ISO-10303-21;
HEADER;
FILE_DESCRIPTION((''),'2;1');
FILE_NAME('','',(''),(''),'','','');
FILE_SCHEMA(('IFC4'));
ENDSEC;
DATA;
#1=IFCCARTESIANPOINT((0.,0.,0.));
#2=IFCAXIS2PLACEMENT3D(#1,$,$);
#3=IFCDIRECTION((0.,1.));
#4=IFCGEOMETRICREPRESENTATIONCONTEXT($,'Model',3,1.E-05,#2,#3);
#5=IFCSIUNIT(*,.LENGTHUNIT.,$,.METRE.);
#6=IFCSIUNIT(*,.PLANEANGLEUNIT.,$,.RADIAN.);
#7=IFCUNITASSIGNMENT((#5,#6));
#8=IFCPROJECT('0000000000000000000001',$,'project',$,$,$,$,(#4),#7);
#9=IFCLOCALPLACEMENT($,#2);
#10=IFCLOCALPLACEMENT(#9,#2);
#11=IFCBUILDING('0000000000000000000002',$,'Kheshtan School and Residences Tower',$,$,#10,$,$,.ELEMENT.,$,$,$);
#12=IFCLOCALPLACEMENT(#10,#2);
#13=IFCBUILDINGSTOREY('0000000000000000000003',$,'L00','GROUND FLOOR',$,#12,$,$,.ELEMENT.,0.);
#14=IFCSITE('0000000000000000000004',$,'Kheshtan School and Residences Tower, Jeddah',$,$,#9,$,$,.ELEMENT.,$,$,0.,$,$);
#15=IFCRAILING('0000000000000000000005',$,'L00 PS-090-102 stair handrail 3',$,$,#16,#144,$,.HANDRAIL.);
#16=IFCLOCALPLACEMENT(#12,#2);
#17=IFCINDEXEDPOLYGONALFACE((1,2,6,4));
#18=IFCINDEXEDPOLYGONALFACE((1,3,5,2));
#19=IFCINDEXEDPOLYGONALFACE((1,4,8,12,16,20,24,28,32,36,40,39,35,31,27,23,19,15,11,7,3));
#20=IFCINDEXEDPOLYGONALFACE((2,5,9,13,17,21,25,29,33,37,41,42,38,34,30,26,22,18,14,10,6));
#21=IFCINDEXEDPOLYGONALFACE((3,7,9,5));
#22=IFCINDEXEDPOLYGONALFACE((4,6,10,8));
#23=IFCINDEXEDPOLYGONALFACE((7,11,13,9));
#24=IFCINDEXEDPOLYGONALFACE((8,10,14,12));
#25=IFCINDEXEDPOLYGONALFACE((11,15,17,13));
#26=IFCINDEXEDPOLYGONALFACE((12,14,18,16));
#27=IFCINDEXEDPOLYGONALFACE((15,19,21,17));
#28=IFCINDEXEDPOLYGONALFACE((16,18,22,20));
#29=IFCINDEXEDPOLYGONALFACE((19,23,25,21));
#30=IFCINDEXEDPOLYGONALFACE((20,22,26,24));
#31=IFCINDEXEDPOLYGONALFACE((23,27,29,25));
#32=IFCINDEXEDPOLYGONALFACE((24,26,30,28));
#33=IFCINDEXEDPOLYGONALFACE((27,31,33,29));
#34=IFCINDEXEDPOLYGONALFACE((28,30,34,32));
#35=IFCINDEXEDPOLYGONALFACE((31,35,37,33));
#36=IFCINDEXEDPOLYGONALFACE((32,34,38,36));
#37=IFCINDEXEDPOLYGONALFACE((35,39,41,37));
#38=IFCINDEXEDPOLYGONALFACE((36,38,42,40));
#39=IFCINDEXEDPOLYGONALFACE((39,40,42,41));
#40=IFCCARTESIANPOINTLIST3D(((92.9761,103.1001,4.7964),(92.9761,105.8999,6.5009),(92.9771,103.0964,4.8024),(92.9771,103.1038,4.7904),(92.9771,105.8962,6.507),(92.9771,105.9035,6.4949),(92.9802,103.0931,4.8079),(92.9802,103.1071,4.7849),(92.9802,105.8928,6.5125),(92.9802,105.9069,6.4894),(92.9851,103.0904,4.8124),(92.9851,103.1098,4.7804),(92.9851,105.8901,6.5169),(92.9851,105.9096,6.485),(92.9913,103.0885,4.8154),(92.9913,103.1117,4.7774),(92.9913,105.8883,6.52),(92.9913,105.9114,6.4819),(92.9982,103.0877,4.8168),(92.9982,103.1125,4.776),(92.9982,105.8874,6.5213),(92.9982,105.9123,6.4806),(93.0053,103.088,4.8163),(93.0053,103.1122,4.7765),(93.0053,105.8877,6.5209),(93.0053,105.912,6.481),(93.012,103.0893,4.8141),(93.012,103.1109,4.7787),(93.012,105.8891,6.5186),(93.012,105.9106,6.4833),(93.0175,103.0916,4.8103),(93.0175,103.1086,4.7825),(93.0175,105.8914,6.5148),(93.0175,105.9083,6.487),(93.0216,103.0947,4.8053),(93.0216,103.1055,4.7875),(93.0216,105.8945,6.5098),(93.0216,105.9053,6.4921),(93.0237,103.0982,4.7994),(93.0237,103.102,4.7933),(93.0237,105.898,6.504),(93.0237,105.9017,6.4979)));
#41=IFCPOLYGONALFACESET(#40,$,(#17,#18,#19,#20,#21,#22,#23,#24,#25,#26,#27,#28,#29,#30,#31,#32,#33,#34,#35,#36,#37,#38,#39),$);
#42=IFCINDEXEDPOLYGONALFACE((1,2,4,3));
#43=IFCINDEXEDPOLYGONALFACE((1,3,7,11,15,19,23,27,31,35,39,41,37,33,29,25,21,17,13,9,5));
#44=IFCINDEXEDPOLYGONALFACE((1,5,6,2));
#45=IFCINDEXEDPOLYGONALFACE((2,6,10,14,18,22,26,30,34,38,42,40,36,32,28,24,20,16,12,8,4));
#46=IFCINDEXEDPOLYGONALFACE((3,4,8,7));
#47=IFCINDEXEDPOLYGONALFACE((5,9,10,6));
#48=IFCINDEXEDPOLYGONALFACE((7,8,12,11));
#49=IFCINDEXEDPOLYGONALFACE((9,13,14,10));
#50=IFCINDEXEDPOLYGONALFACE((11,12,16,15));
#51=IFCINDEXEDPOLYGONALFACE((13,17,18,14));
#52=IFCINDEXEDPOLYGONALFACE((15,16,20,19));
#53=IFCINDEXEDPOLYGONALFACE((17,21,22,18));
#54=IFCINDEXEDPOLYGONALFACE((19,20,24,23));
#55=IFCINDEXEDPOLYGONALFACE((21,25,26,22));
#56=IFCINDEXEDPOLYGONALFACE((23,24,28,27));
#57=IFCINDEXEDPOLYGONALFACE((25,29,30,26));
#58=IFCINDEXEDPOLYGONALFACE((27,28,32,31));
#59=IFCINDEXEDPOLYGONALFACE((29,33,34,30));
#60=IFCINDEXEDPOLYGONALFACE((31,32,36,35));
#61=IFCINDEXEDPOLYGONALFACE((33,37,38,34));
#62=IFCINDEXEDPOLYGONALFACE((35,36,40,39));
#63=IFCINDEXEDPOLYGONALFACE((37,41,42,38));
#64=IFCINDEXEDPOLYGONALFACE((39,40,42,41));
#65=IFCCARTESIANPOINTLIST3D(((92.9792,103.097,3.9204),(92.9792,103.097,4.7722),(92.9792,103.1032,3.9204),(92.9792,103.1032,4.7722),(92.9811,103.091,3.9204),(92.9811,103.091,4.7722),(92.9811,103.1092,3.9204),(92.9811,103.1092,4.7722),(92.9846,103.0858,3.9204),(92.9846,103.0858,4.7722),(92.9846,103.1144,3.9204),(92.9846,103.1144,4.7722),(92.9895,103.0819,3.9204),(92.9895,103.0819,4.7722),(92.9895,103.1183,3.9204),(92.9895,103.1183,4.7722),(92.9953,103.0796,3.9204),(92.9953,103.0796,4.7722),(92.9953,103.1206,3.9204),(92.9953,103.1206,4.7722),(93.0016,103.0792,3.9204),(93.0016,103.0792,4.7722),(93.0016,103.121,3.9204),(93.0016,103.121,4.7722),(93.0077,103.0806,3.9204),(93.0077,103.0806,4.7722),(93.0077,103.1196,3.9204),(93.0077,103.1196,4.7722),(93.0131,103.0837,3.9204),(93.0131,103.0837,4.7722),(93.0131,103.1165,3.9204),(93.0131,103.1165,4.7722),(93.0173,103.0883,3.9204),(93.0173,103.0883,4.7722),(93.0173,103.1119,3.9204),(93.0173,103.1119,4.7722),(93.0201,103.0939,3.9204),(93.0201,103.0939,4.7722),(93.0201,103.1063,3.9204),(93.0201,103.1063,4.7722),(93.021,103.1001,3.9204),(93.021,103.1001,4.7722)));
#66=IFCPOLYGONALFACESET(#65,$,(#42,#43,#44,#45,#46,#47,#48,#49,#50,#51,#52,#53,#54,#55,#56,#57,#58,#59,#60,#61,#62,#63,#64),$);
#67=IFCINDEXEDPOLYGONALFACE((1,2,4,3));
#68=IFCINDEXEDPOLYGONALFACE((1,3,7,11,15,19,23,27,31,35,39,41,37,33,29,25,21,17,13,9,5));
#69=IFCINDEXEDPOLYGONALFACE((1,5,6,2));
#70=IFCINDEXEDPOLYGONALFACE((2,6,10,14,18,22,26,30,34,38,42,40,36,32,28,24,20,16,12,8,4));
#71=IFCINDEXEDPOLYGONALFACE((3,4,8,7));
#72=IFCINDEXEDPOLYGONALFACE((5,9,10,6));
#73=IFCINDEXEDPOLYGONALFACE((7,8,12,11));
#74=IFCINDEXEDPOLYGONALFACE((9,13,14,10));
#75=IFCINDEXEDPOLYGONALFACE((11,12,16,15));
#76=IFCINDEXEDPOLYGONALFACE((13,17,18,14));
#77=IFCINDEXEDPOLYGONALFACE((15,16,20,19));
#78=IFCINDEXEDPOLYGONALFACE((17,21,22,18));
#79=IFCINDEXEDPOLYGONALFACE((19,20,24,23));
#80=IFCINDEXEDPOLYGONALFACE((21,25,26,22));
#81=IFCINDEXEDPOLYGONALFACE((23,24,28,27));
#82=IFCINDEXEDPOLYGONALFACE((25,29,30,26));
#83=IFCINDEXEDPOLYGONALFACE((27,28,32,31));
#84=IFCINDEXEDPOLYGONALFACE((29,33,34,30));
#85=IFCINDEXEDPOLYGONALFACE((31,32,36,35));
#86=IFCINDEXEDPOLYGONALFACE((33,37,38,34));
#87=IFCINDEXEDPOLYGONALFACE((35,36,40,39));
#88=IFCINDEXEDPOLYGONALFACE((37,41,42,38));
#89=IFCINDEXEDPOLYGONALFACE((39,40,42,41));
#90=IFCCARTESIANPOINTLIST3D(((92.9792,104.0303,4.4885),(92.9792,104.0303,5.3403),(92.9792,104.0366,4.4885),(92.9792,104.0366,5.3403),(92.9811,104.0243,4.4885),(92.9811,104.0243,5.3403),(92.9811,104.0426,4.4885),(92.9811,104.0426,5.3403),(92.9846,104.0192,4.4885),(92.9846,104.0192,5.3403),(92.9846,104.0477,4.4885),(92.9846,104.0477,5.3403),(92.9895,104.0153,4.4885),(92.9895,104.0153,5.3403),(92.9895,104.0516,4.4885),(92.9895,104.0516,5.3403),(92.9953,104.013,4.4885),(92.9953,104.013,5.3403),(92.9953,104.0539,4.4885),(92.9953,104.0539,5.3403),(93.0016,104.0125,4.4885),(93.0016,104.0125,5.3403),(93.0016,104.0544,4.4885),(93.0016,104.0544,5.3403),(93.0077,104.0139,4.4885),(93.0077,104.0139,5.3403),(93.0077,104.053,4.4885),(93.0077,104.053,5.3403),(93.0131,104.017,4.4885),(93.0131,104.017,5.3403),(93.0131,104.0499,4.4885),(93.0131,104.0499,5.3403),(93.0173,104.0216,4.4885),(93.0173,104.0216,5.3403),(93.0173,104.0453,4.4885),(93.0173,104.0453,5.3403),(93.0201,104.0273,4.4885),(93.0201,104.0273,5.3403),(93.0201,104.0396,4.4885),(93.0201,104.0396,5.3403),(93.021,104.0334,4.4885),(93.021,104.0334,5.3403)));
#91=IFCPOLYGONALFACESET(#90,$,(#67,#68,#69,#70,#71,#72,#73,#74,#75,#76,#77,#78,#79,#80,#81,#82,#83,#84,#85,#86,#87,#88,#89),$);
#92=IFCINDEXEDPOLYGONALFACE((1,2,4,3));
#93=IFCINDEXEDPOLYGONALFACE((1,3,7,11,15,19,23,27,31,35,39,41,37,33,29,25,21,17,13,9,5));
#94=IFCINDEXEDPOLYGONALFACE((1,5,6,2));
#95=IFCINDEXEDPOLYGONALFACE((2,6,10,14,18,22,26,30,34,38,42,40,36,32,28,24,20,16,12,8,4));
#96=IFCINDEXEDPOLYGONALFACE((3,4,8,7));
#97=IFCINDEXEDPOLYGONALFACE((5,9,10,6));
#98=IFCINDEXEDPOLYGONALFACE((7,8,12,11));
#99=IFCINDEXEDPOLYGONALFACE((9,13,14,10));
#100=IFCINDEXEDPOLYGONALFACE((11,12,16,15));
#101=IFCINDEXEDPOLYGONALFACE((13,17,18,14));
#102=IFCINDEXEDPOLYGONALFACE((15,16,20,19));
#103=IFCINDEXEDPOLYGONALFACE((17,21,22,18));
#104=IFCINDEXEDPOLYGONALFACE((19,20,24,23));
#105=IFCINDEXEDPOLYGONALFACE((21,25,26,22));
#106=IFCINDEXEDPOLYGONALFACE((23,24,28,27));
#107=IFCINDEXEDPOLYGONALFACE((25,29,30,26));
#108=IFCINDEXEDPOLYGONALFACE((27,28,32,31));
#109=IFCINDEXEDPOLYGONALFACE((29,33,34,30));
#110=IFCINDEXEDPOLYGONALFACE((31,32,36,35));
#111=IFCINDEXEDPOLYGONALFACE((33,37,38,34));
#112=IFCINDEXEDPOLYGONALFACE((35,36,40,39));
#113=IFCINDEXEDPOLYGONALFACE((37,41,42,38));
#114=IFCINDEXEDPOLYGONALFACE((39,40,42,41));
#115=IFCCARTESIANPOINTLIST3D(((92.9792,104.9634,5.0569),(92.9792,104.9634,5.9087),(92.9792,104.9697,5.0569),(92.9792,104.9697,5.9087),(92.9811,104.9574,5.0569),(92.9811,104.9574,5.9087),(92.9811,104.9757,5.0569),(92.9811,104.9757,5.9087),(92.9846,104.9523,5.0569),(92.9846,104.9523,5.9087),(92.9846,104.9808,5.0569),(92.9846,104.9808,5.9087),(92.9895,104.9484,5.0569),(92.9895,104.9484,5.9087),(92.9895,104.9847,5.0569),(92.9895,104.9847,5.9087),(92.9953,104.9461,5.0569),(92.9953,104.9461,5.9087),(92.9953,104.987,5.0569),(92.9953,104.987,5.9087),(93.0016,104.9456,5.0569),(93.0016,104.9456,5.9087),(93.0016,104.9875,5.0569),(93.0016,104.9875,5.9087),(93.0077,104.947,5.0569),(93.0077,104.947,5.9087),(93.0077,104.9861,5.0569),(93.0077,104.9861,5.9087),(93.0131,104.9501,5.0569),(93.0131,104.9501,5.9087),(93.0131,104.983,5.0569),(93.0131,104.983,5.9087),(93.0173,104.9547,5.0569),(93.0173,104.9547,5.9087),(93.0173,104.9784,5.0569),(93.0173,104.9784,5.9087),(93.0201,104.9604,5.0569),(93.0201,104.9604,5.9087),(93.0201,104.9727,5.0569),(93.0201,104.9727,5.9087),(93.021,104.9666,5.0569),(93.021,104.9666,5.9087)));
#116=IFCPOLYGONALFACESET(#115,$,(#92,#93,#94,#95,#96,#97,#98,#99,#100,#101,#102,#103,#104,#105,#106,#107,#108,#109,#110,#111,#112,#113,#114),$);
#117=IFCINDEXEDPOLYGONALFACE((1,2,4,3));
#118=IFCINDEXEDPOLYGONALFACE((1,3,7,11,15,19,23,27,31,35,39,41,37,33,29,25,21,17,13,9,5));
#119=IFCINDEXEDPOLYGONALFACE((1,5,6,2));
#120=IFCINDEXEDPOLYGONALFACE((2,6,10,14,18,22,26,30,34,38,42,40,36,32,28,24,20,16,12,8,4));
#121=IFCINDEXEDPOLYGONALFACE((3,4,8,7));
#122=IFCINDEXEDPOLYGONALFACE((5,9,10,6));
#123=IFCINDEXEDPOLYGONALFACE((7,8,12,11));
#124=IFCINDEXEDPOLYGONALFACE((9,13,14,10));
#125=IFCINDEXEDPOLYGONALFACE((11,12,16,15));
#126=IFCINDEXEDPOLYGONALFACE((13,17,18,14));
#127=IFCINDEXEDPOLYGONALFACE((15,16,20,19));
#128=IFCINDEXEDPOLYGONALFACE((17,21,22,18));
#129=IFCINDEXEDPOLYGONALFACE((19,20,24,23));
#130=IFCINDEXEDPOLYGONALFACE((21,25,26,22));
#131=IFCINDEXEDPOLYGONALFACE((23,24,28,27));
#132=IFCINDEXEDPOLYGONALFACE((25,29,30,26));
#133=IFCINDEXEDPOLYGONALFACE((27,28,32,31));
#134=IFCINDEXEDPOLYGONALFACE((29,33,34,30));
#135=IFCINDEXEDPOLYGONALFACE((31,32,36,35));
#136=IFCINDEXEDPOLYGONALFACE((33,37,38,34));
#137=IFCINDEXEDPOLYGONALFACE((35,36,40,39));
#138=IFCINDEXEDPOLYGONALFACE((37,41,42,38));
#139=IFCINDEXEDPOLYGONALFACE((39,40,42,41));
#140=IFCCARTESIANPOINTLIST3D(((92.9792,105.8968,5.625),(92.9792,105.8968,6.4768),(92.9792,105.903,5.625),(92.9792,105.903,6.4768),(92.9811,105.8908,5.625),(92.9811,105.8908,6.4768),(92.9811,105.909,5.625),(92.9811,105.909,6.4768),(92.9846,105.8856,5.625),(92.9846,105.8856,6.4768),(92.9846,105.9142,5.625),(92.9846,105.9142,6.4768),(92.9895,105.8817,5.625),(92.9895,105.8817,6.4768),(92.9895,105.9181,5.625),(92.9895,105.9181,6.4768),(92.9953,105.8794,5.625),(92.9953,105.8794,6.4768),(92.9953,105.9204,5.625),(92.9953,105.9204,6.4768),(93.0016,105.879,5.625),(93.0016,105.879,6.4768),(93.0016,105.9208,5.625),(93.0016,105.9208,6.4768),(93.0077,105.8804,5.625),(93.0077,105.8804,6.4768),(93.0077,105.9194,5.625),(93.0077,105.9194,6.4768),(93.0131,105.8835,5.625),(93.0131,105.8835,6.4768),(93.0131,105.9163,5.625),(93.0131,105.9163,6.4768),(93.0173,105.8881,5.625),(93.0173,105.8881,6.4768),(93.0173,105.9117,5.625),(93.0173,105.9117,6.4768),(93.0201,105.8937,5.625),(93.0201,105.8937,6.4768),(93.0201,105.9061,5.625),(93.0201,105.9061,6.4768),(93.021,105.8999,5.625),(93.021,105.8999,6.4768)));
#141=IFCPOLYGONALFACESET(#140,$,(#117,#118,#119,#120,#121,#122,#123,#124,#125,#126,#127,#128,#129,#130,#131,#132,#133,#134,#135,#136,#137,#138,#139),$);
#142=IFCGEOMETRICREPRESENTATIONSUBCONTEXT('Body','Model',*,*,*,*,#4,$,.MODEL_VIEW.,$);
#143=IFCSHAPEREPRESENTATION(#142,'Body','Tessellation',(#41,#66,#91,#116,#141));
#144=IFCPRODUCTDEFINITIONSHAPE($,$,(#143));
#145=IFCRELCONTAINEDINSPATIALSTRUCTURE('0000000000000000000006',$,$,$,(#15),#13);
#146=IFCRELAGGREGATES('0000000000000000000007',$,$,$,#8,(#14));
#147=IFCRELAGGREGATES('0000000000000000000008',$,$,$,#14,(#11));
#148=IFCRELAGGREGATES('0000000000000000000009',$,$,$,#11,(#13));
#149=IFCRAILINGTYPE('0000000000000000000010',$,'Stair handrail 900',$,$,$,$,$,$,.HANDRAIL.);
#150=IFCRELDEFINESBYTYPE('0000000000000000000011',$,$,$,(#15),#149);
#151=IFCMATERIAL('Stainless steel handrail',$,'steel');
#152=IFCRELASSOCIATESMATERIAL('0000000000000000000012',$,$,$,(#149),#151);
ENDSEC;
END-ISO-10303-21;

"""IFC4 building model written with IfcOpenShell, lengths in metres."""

from ifc_helpers import new_model, si_unit, direction, frame, origin, origin_2d, place, context, subcontext, project, spatial, circle, extrude, material, type_object, element, save


model = new_model("IFC4")

# Units and contexts
model_context = context("Model", 3, precision=1e-05, world=origin(), true_north=direction((0.0, 1.0)))
body_context = subcontext(model_context, "Body", "Model", "MODEL_VIEW")
ifc_project = project(units=[si_unit("LENGTHUNIT", "METRE"), si_unit("PLANEANGLEUNIT", "RADIAN")], contexts=[model_context])

# Site, building, storey
site_placement = place(None, origin())
site = spatial("IfcSite", under=ifc_project, at=site_placement, Name="Kheshtan School and Residences Tower, Jeddah", CompositionType="ELEMENT", RefElevation=0.0)
building_placement = place(site_placement, origin())
building = spatial("IfcBuilding", under=site, at=building_placement, Name="Kheshtan School and Residences Tower", CompositionType="ELEMENT")
storey_placement = place(building_placement, origin())
storey = spatial("IfcBuildingStorey", under=building, at=storey_placement, Name="L00", Description="GROUND FLOOR", CompositionType="ELEMENT", Elevation=0.0)

# Railing
ifc_material_1 = material(Name="Stainless steel handrail", Category="steel")
railing_type = type_object("IfcRailingType", Name="Stair handrail 900", PredefinedType="HANDRAIL", material=ifc_material_1)
railing_placement = place(storey_placement, frame((93.0, 103.1001, 3.9204)))
element("IfcRailing", 1, at=railing_placement, inside=storey, type_object=railing_type, Name="L00 PS-090-102 stair handrail 3", PredefinedType="HANDRAIL", context=body_context, shape_type="SweptSolid", body=[
    extrude(circle(Radius=0.0239, at=origin_2d()), frame((0.0, 0.0, 0.876), z_axis=(0.0, 0.85415, 0.520027), x_axis=(-1.0, 0.0, 0.0)), (0.0, 0.0, 1.0), 3.2778),
    extrude(circle(Radius=0.021, at=origin_2d()), origin(), (0.0, 0.0, 1.0), 0.8518),
    extrude(circle(Radius=0.021, at=origin_2d()), frame((0.0, 0.9333, 0.5681)), (0.0, 0.0, 1.0), 0.8518),
    extrude(circle(Radius=0.021, at=origin_2d()), frame((0.0, 1.8665, 1.1365)), (0.0, 0.0, 1.0), 0.8518),
    extrude(circle(Radius=0.021, at=origin_2d()), frame((0.0, 2.7998, 1.7046)), (0.0, 0.0, 1.0), 0.8518),
])

save(model, "model.ifc")
